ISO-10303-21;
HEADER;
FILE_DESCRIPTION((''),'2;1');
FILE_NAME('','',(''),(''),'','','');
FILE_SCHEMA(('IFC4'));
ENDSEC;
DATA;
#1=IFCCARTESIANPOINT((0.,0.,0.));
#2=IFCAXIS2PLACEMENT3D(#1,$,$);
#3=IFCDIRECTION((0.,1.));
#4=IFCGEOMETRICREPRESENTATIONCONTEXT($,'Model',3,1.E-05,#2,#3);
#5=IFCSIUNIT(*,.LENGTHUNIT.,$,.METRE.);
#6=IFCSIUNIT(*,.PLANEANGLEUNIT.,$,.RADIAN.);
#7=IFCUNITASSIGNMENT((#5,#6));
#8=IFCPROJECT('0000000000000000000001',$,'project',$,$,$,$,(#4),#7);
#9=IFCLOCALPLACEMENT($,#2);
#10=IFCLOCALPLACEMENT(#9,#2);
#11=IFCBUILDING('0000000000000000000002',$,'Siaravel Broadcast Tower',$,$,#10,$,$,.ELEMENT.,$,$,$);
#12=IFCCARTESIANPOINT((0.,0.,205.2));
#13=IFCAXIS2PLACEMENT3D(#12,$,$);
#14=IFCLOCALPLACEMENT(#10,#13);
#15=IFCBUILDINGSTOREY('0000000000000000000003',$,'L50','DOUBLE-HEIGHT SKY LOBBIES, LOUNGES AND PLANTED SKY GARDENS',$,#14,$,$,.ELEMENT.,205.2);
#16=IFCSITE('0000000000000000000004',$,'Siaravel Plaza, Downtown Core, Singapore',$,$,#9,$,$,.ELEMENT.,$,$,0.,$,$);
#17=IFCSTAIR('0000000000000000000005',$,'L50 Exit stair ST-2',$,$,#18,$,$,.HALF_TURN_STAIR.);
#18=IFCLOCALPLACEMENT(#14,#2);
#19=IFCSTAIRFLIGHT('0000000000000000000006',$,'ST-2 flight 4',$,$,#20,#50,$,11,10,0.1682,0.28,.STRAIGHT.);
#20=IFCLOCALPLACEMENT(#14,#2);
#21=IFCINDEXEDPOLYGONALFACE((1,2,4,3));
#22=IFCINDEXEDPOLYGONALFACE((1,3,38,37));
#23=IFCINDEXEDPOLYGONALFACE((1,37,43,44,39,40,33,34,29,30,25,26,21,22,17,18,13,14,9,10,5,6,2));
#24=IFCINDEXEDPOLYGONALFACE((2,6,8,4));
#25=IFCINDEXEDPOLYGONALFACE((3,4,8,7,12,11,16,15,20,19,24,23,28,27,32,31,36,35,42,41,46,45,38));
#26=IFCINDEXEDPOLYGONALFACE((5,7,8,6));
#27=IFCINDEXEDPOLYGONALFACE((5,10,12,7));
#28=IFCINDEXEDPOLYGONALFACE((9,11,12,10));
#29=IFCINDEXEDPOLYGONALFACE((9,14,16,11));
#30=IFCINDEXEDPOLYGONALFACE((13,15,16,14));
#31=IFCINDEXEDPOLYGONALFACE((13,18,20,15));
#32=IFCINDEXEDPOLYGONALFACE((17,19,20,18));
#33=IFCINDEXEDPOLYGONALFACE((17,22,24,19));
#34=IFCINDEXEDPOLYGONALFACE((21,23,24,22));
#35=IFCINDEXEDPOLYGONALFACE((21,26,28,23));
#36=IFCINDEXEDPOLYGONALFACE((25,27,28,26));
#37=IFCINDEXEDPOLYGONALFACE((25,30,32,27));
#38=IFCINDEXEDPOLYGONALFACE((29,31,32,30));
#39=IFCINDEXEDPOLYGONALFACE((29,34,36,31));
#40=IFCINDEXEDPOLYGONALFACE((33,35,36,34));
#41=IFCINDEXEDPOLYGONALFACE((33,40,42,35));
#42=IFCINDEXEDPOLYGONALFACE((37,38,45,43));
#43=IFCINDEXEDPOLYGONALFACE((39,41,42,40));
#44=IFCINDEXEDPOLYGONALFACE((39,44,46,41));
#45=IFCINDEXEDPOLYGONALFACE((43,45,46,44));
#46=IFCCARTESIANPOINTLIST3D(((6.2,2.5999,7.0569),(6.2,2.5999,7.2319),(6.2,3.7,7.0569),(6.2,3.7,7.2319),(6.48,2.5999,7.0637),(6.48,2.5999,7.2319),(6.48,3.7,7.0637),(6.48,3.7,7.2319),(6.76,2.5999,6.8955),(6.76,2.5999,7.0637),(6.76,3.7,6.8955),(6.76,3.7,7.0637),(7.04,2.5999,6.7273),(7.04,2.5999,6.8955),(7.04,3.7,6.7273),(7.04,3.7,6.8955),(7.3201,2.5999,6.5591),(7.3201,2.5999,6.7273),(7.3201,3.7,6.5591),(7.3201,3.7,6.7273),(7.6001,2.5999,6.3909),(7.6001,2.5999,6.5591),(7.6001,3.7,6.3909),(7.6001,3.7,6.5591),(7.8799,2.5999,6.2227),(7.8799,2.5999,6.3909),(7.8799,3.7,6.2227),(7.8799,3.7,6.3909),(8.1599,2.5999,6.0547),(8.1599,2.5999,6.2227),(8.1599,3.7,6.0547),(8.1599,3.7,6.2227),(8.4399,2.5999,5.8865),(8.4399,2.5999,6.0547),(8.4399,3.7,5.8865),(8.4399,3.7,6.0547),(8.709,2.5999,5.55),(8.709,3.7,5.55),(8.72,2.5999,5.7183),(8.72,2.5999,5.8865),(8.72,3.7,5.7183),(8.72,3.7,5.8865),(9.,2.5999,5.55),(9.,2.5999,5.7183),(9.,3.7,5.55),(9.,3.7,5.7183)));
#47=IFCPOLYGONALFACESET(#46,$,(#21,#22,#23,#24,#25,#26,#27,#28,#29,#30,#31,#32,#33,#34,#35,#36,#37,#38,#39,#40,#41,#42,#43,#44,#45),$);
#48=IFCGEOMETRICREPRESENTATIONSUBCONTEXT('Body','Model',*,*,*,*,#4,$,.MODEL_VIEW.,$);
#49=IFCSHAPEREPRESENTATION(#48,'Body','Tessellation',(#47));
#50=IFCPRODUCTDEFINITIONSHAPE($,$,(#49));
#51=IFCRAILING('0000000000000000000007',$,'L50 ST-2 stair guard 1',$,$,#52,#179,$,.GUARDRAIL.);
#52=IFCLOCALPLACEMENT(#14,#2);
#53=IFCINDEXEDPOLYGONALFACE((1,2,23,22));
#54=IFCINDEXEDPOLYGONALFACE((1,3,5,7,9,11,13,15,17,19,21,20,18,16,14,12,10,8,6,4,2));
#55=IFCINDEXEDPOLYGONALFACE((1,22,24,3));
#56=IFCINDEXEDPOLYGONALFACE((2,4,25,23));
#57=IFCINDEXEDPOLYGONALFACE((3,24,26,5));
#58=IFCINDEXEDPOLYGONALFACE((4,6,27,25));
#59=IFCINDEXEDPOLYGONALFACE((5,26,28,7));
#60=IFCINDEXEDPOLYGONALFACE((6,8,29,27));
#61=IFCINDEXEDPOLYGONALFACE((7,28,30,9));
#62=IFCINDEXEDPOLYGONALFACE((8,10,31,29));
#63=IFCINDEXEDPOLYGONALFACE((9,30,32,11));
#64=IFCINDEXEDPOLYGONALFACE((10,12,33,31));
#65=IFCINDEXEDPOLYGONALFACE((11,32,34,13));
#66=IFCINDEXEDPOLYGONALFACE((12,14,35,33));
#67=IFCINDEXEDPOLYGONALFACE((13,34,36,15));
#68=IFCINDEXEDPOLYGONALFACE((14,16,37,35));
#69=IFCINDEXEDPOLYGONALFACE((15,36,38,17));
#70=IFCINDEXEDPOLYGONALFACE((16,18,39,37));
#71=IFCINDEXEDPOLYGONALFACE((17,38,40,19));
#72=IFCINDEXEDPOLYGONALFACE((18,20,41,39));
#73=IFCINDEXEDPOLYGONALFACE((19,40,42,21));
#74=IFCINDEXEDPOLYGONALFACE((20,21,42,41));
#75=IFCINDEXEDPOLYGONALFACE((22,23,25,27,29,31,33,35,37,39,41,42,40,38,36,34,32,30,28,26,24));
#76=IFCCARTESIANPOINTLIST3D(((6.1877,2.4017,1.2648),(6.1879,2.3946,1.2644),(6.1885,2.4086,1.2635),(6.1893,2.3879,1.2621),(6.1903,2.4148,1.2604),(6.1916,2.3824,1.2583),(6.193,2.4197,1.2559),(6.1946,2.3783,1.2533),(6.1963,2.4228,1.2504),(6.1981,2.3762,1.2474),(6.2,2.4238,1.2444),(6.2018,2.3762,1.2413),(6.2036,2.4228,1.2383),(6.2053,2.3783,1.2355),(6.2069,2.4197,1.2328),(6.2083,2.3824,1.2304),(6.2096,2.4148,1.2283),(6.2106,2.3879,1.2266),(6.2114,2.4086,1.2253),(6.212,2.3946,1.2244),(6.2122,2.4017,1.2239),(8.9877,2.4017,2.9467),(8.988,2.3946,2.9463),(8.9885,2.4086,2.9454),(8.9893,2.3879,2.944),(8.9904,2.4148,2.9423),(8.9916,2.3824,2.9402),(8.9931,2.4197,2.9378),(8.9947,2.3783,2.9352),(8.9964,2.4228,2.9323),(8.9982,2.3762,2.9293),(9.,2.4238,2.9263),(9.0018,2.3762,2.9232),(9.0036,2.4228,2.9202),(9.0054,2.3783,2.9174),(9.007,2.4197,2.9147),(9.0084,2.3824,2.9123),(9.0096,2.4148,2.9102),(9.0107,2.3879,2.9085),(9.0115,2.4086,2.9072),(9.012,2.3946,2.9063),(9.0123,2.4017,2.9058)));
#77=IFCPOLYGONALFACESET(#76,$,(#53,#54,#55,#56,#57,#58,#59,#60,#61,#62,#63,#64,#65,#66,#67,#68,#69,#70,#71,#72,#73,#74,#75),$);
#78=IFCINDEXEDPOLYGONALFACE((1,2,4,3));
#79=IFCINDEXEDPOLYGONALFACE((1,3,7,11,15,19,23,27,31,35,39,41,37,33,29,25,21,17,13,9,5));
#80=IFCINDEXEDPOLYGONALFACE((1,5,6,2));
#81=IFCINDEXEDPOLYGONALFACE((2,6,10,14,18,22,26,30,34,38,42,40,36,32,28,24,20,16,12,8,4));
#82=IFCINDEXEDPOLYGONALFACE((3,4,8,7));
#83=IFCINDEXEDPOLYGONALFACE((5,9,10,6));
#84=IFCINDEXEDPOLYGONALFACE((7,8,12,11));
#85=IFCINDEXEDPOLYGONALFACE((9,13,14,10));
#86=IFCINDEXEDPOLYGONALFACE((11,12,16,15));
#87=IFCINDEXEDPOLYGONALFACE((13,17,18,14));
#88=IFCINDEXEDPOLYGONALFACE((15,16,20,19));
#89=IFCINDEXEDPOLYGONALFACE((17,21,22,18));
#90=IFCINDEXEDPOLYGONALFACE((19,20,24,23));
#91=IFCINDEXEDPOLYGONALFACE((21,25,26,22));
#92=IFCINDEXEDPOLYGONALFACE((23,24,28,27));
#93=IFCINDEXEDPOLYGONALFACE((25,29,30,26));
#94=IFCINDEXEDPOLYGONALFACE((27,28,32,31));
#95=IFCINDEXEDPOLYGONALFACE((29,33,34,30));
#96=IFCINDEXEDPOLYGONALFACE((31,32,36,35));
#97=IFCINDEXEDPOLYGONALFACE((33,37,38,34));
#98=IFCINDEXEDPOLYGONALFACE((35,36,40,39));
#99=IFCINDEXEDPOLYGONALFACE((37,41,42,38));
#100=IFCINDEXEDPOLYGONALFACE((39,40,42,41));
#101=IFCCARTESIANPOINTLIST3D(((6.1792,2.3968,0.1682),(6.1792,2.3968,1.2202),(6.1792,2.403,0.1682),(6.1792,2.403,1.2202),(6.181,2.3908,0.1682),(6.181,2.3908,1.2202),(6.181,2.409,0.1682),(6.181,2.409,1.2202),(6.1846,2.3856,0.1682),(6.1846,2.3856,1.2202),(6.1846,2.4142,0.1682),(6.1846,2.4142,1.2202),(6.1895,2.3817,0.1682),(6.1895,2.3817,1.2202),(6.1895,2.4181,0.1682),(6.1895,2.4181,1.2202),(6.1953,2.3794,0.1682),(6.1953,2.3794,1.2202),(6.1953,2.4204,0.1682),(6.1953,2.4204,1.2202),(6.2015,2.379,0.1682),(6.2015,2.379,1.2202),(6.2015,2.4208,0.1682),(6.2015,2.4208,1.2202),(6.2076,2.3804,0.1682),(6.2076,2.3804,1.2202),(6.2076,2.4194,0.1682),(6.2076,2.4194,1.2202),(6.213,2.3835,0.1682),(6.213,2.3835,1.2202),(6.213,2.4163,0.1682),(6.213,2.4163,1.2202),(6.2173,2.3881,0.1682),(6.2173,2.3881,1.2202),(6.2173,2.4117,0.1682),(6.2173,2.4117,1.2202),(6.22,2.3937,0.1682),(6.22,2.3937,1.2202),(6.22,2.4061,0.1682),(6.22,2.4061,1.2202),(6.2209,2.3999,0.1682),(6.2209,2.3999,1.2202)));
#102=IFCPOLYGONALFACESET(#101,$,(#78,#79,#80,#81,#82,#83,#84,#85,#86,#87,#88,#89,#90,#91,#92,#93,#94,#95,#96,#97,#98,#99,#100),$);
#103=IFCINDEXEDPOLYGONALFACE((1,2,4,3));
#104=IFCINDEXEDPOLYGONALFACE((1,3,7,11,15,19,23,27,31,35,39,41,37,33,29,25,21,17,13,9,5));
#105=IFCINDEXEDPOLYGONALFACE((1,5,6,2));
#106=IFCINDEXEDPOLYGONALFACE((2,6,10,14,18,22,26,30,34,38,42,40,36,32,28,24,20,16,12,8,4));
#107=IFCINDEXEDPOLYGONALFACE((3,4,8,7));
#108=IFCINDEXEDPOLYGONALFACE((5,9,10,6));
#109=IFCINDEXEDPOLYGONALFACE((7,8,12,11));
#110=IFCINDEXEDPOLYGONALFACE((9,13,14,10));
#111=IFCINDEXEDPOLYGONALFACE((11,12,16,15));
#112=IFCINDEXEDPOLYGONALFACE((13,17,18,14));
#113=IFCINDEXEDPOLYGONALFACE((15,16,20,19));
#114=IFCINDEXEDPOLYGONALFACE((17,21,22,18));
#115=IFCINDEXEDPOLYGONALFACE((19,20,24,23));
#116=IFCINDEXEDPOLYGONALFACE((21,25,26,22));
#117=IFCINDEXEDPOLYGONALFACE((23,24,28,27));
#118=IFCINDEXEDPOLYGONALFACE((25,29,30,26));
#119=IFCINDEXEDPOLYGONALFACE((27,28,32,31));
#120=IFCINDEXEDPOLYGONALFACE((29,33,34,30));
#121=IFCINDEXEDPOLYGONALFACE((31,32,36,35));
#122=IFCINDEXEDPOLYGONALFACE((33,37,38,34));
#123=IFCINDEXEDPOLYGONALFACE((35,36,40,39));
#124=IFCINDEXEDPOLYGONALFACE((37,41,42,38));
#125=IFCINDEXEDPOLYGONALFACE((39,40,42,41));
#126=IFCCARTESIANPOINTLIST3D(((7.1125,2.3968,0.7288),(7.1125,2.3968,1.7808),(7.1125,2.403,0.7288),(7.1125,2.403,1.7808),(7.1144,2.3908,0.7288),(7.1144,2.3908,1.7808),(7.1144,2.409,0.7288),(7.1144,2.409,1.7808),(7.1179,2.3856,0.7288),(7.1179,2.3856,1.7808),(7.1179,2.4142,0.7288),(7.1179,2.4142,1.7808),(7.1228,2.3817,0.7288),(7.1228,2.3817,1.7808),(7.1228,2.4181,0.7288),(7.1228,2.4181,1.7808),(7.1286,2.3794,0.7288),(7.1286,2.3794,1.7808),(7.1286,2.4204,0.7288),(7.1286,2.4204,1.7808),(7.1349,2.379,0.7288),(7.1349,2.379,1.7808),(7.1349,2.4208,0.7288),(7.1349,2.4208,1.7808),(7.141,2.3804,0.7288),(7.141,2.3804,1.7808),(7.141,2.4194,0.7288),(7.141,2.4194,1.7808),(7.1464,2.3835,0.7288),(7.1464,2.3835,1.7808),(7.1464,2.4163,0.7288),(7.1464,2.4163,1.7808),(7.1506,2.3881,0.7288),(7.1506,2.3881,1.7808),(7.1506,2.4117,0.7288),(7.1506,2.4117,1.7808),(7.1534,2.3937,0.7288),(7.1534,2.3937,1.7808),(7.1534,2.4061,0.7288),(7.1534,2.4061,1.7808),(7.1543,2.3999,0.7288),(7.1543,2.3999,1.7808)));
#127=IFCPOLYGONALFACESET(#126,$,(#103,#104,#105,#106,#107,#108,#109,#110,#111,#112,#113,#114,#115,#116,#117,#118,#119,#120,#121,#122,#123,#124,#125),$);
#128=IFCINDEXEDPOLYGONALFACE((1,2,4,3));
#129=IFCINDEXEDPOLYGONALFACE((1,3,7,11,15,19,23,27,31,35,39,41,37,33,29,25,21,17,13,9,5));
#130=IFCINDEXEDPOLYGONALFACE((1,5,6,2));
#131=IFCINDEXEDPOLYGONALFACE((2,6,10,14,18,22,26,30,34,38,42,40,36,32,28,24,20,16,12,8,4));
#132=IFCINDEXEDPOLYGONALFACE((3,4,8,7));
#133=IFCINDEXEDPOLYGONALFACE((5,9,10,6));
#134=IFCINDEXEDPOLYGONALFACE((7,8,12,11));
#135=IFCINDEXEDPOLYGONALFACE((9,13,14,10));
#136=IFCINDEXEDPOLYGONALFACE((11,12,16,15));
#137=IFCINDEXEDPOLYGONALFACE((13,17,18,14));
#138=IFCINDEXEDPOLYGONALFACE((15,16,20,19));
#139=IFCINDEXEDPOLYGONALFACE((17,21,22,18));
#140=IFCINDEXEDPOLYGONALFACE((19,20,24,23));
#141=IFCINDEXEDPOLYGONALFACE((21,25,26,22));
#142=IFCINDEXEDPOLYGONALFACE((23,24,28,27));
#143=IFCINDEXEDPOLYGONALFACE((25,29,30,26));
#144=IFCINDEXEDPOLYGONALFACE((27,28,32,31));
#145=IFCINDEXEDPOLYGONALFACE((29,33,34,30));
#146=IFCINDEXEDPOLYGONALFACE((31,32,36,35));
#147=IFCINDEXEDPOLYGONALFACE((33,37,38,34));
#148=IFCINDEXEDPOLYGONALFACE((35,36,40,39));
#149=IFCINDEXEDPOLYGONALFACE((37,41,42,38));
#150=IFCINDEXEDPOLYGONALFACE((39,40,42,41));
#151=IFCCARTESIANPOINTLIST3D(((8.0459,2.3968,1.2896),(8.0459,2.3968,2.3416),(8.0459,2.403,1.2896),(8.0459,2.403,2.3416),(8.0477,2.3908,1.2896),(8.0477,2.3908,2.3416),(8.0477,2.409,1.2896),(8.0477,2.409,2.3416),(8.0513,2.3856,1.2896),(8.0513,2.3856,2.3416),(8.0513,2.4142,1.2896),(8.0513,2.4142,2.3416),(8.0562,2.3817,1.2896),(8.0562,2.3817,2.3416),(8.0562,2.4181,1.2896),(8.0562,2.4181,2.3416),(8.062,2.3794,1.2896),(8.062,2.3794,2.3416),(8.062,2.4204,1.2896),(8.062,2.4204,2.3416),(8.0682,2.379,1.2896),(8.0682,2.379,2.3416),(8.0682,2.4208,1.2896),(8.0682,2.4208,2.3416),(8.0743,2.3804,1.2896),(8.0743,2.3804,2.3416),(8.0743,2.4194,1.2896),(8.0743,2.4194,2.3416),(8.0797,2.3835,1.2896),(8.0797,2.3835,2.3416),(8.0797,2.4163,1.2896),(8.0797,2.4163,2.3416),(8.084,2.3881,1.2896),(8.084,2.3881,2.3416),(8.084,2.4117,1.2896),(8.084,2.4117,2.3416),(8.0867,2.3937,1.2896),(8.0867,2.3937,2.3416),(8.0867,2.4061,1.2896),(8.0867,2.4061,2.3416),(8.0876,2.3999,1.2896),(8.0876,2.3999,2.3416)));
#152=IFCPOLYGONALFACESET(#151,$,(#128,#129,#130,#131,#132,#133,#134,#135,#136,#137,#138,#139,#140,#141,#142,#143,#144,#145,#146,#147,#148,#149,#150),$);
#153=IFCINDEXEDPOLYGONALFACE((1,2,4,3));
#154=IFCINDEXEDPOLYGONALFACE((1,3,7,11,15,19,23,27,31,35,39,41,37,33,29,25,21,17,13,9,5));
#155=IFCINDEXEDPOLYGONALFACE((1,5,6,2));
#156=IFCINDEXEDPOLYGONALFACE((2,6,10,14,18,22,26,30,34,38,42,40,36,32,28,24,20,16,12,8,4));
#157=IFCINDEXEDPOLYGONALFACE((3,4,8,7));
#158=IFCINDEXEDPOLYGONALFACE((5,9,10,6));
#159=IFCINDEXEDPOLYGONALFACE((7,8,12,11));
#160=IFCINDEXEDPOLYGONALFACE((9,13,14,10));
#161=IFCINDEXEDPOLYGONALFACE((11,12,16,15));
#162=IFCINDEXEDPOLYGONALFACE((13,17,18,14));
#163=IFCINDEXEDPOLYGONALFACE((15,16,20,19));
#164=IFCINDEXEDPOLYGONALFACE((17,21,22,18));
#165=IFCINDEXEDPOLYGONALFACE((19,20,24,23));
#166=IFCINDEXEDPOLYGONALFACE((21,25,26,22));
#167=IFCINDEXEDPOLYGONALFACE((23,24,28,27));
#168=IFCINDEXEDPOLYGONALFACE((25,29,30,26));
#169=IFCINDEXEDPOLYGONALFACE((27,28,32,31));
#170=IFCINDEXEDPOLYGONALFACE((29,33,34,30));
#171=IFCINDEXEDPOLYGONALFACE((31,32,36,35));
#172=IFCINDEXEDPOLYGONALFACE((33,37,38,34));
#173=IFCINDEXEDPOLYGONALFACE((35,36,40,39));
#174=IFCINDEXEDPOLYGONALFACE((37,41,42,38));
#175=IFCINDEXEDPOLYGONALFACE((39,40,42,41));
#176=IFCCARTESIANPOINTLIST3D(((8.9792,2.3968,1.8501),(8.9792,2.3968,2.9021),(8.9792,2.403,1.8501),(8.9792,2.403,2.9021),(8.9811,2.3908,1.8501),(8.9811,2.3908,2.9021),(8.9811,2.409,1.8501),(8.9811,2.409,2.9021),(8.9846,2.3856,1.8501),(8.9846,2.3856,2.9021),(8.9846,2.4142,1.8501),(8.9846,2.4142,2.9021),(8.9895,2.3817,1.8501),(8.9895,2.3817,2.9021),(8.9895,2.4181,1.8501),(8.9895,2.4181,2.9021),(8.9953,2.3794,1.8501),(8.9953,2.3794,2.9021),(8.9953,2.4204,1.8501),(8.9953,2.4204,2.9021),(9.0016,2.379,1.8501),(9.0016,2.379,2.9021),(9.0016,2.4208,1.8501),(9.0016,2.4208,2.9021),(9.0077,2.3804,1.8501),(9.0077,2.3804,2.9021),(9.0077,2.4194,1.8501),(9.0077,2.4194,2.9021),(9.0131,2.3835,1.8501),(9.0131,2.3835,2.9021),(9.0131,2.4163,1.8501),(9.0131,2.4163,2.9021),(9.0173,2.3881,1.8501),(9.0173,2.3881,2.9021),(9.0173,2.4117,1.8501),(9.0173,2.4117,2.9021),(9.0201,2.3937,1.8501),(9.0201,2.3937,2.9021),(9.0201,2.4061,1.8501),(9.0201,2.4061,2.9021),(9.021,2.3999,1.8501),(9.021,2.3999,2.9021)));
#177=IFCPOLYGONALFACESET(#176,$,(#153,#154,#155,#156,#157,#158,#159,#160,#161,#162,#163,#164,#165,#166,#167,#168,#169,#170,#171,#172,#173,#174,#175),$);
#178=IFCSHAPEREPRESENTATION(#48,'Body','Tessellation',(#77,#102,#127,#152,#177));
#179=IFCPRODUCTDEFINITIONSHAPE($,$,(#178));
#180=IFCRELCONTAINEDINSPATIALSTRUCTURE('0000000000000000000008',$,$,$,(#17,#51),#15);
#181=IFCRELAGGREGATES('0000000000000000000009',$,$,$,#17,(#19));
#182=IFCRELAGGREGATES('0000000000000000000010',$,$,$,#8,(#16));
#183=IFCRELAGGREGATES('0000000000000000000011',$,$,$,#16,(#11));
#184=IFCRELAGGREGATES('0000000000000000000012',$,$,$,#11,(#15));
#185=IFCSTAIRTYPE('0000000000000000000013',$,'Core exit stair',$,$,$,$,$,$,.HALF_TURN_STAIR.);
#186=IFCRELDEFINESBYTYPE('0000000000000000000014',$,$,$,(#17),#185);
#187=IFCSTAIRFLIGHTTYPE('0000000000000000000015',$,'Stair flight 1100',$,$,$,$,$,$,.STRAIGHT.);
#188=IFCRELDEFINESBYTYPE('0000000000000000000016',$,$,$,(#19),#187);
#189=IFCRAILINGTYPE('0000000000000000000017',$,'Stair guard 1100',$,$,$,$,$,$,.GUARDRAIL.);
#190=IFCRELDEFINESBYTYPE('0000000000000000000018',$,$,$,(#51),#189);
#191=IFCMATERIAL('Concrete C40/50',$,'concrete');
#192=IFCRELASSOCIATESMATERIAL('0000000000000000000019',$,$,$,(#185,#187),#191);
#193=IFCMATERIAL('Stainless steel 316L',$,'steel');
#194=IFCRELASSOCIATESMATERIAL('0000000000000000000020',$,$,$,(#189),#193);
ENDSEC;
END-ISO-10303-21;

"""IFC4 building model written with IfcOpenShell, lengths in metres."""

from ifc_helpers import new_model, si_unit, direction, frame, origin, origin_2d, place, context, subcontext, project, spatial, polyline, circle, outline, extrude, material, type_object, element, aggregate, save


model = new_model("IFC4")

# Units and contexts
model_context = context("Model", 3, precision=1e-05, world=origin(), true_north=direction((0.0, 1.0)))
body_context = subcontext(model_context, "Body", "Model", "MODEL_VIEW")
ifc_project = project(units=[si_unit("LENGTHUNIT", "METRE"), si_unit("PLANEANGLEUNIT", "RADIAN")], contexts=[model_context])

# Site, building, storey
site_placement = place(None, origin())
site = spatial("IfcSite", under=ifc_project, at=site_placement, Name="Siaravel Plaza, Downtown Core, Singapore", CompositionType="ELEMENT", RefElevation=0.0)
building_placement = place(site_placement, origin())
building = spatial("IfcBuilding", under=site, at=building_placement, Name="Siaravel Broadcast Tower", CompositionType="ELEMENT")
storey_placement = place(building_placement, frame((0.0, 0.0, 205.2)))
storey = spatial("IfcBuildingStorey", under=building, at=storey_placement, Name="L50", Description="DOUBLE-HEIGHT SKY LOBBIES, LOUNGES AND PLANTED SKY GARDENS", CompositionType="ELEMENT", Elevation=205.2)

# Stair, stair flight
ifc_material_1 = material(Name="Concrete C40/50", Category="concrete")
stair_type = type_object("IfcStairType", Name="Core exit stair", PredefinedType="HALF_TURN_STAIR", material=ifc_material_1)
stair_placement = place(storey_placement, origin())
stair = element("IfcStair", 1, at=stair_placement, inside=storey, type_object=stair_type, Name="L50 Exit stair ST-2", PredefinedType="HALF_TURN_STAIR")
stair_flight_type = type_object("IfcStairFlightType", Name="Stair flight 1100", PredefinedType="STRAIGHT", material=ifc_material_1)
stair_flight_1_placement = place(storey_placement, frame((9.0, 3.1499, 5.55), z_axis=(0.0, 0.0, 1.0), x_axis=(-1.0, 0.0, 0.0)))
stair_flight_1 = element("IfcStairFlight", 2, at=stair_flight_1_placement, type_object=stair_flight_type, Name="ST-2 flight 4", NumberOfRisers=11, NumberOfTreads=10, PredefinedType="STRAIGHT", RiserHeight=0.1682, TreadLength=0.28, context=body_context, shape_type="SweptSolid", body=[
    extrude(outline(polyline([(0.0, 0.0), (0.0, 0.1682), (0.28, 0.1682), (0.28, 0.3364), (0.5601, 0.3364), (0.5601, 0.5046), (0.8401, 0.5046), (0.8401, 0.6726), (1.1201, 0.6726), (1.1201, 0.8408), (1.3999, 0.8408), (1.3999, 1.009), (1.6799, 1.009), (1.6799, 1.1772), (1.96, 1.1772), (1.96, 1.3455), (2.24, 1.3455), (2.24, 1.5137), (2.52, 1.5137), (2.52, 1.6819), (2.8, 1.6819), (2.8, 1.8501), (2.8, 1.5068), (0.291, 0.0), (0.0, 0.0)])), frame((0.0, 0.55, 0.0), z_axis=(0.0, -1.0, 0.0), x_axis=(1.0, 0.0, 0.0)), (0.0, 0.0, 1.0), 1.1001),
])
aggregate(stair, [stair_flight_1])

# Railing
ifc_material_2 = material(Name="Stainless steel 316L", Category="steel")
railing_type_1 = type_object("IfcRailingType", Name="Stair guard 1100", PredefinedType="GUARDRAIL", material=ifc_material_2)
railing_1_placement = place(storey_placement, frame((6.2, 2.3999, 0.1682)))
element("IfcRailing", 3, at=railing_1_placement, inside=storey, type_object=railing_type_1, Name="L50 ST-2 stair guard 1", PredefinedType="GUARDRAIL", context=body_context, shape_type="SweptSolid", body=[
    extrude(circle(Radius=0.0239, at=origin_2d()), frame((0.0, 0.0, 1.0762), z_axis=(0.857242, 0.0, 0.514913), x_axis=(0.0, 1.0, 0.0)), (0.0, 0.0, 1.0), 3.2664),
    extrude(circle(Radius=0.021, at=origin_2d()), origin(), (0.0, 0.0, 1.0), 1.052),
    extrude(circle(Radius=0.021, at=origin_2d()), frame((0.9333, 0.0, 0.5605)), (0.0, 0.0, 1.0), 1.052),
    extrude(circle(Radius=0.021, at=origin_2d()), frame((1.8667, 0.0, 1.1213)), (0.0, 0.0, 1.0), 1.052),
    extrude(circle(Radius=0.021, at=origin_2d()), frame((2.8, 0.0, 1.6819)), (0.0, 0.0, 1.0), 1.052),
])

save(model, "model.ifc")
